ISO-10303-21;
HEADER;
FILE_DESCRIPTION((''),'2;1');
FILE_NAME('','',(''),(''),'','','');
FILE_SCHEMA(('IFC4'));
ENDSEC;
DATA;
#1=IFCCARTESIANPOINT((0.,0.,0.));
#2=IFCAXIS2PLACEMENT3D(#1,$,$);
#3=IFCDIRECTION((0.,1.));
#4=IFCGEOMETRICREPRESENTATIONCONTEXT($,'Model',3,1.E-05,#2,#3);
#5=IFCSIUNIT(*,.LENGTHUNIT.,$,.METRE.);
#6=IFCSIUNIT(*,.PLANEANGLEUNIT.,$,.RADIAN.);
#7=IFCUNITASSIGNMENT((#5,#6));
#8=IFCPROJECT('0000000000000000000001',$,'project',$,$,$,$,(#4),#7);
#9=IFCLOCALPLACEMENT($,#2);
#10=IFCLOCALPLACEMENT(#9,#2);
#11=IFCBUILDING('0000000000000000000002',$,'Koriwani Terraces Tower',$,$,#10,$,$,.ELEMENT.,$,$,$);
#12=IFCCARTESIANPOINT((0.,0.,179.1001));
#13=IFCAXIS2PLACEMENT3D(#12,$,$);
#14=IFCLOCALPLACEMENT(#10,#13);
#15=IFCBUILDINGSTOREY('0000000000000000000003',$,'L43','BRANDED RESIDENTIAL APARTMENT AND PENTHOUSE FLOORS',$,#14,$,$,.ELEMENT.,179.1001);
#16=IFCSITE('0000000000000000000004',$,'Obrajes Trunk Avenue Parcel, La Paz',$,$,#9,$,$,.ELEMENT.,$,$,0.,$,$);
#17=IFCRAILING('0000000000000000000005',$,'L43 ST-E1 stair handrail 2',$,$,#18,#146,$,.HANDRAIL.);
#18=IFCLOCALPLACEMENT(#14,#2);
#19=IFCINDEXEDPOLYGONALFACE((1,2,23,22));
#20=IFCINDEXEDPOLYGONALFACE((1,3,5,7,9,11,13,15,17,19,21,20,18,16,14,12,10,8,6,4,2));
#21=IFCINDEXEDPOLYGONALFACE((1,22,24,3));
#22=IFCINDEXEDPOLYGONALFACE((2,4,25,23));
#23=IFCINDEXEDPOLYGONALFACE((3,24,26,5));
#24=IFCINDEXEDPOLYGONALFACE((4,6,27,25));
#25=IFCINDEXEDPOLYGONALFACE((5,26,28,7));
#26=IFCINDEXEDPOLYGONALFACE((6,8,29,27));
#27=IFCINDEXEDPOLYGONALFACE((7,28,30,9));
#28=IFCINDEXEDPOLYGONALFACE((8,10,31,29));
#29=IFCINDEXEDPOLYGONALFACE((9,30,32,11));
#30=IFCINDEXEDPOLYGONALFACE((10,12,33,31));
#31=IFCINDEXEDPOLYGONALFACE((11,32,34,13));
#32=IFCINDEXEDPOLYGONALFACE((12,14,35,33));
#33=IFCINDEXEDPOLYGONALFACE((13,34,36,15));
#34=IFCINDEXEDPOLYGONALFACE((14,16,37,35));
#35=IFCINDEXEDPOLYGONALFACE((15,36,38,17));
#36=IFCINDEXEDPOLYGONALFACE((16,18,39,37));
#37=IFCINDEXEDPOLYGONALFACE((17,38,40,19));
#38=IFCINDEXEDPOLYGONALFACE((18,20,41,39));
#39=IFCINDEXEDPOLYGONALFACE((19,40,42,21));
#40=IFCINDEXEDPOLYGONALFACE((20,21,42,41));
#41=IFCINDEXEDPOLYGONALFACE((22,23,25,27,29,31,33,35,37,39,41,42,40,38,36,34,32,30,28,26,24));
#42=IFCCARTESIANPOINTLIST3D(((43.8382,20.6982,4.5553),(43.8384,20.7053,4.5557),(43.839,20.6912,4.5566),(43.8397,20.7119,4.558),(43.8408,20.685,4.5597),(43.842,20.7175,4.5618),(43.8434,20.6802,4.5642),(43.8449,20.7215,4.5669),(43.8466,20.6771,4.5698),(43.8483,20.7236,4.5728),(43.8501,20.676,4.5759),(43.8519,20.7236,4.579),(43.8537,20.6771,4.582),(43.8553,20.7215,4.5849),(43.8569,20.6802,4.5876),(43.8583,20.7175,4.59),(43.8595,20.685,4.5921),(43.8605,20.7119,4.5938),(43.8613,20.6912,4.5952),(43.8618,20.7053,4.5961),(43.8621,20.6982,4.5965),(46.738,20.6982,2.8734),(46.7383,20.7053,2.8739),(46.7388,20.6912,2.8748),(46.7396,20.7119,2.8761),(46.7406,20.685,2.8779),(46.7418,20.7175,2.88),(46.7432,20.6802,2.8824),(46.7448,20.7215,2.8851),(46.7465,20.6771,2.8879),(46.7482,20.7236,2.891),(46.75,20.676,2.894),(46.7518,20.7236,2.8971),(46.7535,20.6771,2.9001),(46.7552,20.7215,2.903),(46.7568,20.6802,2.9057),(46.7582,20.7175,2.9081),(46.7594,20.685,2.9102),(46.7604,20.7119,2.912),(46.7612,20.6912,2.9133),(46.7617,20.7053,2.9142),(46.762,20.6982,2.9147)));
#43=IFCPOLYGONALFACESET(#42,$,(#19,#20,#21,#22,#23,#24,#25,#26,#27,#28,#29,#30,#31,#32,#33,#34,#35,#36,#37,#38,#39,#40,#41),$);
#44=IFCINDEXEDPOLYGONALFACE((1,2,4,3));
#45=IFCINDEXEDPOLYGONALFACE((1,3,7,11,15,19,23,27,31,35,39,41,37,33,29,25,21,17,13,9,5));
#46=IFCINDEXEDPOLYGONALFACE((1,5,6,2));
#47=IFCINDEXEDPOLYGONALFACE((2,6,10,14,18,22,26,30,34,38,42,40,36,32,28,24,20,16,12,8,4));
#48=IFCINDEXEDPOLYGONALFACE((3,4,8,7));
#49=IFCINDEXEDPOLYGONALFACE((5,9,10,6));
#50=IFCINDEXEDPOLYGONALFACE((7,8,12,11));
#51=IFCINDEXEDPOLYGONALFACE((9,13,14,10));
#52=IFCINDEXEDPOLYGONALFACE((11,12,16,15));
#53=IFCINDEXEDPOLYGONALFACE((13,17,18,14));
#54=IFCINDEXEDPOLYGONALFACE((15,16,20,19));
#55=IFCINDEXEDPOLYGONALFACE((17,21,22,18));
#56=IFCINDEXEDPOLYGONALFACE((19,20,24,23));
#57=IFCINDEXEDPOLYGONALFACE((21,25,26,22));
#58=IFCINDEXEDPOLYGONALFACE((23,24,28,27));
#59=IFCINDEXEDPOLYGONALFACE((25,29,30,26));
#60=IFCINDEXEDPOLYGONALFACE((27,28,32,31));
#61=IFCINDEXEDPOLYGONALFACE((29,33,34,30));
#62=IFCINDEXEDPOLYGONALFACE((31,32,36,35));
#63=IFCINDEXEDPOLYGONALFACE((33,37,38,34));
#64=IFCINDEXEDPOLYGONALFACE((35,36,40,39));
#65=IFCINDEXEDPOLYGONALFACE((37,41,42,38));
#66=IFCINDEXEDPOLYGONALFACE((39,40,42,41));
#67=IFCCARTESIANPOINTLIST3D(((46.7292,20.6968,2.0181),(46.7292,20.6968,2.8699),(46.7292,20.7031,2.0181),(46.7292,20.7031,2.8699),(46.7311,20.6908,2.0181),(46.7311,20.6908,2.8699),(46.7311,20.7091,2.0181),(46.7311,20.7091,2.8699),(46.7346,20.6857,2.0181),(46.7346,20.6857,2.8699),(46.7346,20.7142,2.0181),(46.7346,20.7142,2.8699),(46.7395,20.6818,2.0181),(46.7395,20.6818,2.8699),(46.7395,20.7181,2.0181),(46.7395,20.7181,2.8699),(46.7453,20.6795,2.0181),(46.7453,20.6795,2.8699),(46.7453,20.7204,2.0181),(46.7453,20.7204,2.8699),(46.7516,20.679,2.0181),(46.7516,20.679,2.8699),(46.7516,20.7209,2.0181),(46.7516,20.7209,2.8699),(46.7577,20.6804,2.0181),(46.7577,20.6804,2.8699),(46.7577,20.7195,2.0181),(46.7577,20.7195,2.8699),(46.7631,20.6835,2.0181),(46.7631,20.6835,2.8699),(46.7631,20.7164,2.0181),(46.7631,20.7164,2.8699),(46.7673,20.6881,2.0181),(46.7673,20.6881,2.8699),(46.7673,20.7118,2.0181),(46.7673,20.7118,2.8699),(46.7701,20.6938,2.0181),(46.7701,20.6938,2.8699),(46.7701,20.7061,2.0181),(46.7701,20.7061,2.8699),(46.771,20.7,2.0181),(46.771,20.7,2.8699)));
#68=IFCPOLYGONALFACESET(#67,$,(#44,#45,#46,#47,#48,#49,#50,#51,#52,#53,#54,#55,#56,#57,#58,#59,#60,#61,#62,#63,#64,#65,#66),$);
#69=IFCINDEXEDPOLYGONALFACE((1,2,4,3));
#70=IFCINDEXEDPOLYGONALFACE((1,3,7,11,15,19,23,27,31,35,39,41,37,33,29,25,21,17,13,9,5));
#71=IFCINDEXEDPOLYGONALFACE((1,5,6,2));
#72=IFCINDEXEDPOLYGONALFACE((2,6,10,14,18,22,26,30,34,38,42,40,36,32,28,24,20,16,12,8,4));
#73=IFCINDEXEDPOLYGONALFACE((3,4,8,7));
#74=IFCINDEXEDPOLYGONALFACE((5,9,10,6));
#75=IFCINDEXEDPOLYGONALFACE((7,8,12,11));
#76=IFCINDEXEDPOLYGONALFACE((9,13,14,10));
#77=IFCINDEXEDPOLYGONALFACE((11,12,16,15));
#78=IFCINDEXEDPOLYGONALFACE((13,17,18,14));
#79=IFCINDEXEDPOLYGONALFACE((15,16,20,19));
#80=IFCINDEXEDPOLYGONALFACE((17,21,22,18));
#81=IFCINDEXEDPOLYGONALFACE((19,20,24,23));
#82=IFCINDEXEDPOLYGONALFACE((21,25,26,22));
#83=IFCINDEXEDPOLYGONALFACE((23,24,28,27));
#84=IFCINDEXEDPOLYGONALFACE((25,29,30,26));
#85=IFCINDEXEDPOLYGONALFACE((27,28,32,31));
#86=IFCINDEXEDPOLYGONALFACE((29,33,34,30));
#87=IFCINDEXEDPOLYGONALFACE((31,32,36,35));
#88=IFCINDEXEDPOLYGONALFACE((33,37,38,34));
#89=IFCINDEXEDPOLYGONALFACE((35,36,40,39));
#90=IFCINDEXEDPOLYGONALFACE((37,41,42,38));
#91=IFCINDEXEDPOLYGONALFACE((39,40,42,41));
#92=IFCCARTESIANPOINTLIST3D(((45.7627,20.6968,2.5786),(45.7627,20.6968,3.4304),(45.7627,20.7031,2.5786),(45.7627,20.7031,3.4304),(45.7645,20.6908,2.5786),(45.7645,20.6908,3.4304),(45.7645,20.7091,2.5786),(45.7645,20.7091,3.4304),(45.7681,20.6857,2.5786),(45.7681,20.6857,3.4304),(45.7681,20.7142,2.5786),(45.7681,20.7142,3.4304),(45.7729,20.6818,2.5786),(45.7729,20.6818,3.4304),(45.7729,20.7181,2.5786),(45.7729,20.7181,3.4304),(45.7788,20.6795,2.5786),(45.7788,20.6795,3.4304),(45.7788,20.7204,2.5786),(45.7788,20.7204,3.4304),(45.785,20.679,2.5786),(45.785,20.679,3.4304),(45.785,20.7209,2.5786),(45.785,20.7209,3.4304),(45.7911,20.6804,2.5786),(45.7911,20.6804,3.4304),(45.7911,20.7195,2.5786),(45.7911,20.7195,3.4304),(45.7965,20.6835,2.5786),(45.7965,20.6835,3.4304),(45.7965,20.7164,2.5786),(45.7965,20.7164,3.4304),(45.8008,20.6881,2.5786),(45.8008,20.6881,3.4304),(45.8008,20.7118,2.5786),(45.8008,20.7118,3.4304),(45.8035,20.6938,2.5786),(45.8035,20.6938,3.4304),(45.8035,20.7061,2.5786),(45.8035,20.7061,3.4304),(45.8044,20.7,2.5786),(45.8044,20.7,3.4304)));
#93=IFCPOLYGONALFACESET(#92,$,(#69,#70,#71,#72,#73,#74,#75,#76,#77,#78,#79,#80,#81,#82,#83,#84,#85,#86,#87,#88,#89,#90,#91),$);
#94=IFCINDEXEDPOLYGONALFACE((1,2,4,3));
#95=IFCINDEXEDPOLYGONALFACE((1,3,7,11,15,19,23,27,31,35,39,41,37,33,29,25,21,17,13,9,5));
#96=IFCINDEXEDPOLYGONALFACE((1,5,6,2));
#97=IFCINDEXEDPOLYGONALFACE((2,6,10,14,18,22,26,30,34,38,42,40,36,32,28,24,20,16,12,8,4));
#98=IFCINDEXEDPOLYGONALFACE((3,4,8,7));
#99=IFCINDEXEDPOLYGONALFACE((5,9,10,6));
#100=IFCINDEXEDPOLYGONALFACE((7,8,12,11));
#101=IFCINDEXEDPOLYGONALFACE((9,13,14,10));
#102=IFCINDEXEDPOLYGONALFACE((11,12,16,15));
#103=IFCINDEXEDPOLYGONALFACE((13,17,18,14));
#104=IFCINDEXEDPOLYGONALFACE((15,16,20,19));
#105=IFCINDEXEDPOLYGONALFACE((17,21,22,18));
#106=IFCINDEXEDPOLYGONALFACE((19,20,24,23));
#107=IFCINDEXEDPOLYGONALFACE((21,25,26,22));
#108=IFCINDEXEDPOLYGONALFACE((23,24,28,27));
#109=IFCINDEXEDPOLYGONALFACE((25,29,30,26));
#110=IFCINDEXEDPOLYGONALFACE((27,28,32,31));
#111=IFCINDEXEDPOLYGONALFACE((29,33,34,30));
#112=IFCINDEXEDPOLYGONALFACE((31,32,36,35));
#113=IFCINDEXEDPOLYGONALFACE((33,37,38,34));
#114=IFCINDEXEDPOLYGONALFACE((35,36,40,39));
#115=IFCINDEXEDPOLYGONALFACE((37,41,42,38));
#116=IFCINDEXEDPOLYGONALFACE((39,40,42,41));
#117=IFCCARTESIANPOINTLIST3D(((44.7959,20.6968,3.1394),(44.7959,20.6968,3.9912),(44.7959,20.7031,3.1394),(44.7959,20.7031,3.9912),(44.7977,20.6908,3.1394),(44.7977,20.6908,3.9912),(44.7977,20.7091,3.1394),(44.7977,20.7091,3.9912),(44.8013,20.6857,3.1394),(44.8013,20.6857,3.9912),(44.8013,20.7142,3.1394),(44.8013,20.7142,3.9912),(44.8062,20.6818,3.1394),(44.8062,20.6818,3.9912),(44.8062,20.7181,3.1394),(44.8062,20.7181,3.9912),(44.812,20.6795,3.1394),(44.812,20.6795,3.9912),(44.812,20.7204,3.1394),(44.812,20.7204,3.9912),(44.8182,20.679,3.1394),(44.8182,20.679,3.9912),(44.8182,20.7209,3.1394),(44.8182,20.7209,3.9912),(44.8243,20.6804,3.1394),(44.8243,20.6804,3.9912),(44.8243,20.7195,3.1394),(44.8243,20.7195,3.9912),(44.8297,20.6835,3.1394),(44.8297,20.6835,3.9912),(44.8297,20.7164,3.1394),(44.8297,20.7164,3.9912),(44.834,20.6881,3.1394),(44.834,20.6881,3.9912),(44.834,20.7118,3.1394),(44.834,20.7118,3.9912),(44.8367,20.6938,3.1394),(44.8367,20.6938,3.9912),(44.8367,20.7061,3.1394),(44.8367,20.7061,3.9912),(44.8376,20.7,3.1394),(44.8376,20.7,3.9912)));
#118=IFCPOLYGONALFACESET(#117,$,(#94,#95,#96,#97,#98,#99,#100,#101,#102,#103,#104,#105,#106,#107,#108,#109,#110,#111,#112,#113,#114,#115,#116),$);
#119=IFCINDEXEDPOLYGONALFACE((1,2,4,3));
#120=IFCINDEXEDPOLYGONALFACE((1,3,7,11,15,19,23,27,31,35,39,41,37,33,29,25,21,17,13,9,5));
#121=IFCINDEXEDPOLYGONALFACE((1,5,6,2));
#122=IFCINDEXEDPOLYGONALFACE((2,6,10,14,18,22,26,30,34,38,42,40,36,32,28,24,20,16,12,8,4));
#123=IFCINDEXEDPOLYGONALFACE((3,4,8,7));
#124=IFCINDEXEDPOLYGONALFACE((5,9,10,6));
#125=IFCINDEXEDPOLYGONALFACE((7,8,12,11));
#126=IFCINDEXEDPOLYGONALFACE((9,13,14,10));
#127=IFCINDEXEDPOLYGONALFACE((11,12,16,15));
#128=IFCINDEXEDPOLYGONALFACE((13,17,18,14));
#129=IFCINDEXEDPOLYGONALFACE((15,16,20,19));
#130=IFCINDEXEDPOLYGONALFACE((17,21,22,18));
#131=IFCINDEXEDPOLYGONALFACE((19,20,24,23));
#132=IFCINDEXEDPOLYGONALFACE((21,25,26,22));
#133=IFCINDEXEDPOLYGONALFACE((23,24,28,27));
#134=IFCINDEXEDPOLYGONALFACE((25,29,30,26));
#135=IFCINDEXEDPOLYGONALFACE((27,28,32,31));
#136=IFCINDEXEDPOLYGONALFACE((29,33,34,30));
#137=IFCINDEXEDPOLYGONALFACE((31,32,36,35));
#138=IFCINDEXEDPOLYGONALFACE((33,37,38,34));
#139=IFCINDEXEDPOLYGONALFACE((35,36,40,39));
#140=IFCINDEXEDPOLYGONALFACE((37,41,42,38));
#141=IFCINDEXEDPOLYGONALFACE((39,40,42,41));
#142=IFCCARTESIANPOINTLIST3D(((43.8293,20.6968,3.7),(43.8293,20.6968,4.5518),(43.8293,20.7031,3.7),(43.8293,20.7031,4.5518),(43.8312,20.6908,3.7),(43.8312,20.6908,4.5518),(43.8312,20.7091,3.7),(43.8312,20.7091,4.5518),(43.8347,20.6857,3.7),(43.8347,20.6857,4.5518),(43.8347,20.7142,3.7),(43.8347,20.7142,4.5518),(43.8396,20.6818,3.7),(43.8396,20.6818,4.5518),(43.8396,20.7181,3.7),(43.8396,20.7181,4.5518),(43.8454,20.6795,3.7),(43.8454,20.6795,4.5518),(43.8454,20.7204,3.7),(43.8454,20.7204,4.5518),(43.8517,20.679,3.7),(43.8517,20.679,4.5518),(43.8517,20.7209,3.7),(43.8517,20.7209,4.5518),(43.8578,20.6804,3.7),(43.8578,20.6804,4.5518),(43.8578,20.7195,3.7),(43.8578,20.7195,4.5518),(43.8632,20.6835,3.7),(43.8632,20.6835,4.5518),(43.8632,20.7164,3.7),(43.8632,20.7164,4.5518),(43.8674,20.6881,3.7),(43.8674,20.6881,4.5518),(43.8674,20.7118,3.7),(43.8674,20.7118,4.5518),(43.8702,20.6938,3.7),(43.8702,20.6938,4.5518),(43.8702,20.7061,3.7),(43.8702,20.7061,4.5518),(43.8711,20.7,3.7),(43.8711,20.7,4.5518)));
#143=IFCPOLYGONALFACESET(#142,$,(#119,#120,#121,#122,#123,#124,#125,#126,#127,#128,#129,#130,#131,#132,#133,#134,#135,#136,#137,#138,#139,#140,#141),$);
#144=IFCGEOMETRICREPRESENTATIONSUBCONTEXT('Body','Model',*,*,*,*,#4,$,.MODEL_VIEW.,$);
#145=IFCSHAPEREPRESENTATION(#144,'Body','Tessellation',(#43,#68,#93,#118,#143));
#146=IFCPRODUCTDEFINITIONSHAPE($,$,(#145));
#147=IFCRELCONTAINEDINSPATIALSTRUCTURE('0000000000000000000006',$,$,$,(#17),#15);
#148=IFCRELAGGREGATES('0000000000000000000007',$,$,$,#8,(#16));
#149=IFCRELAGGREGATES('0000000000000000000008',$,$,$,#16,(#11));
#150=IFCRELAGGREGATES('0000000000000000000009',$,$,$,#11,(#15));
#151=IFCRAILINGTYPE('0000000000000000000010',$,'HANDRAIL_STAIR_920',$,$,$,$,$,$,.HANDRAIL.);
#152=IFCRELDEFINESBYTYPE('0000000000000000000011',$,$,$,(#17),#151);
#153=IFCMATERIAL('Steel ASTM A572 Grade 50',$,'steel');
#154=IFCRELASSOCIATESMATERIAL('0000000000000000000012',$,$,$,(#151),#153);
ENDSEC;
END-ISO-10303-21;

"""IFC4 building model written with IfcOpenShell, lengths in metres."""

from ifc_helpers import new_model, si_unit, direction, frame, origin, origin_2d, place, context, subcontext, project, spatial, circle, extrude, material, type_object, element, save


model = new_model("IFC4")

# Units and contexts
model_context = context("Model", 3, precision=1e-05, world=origin(), true_north=direction((0.0, 1.0)))
body_context = subcontext(model_context, "Body", "Model", "MODEL_VIEW")
ifc_project = project(units=[si_unit("LENGTHUNIT", "METRE"), si_unit("PLANEANGLEUNIT", "RADIAN")], contexts=[model_context])

# Site, building, storey
site_placement = place(None, origin())
site = spatial("IfcSite", under=ifc_project, at=site_placement, Name="Obrajes Trunk Avenue Parcel, La Paz", CompositionType="ELEMENT", RefElevation=0.0)
building_placement = place(site_placement, origin())
building = spatial("IfcBuilding", under=site, at=building_placement, Name="Koriwani Terraces Tower", CompositionType="ELEMENT")
storey_placement = place(building_placement, frame((0.0, 0.0, 179.1001)))
storey = spatial("IfcBuildingStorey", under=building, at=storey_placement, Name="L43", Description="BRANDED RESIDENTIAL APARTMENT AND PENTHOUSE FLOORS", CompositionType="ELEMENT", Elevation=179.1001)

# Shared definitions
ifc_material_1 = material(Name="Steel ASTM A572 Grade 50", Category="steel")

# Railing
railing_type = type_object("IfcRailingType", Name="HANDRAIL_STAIR_920", PredefinedType="HANDRAIL", material=ifc_material_1)
railing_placement = place(storey_placement, frame((46.75, 20.7, 2.0181)))
element("IfcRailing", 1, at=railing_placement, inside=storey, type_object=railing_type, Name="L43 ST-E1 stair handrail 2", PredefinedType="HANDRAIL", context=body_context, shape_type="SweptSolid", body=[
    extrude(circle(Radius=0.0239, at=origin_2d()), frame((0.0, 0.0, 0.876), z_axis=(-0.865039, 0.0, 0.501705), x_axis=(0.0, -1.0, 0.0)), (0.0, 0.0, 1.0), 3.3523),
    extrude(circle(Radius=0.021, at=origin_2d()), origin(), (0.0, 0.0, 1.0), 0.8518),
    extrude(circle(Radius=0.021, at=origin_2d()), frame((-0.9666, 0.0, 0.5605)), (0.0, 0.0, 1.0), 0.8518),
    extrude(circle(Radius=0.021, at=origin_2d()), frame((-1.9333, 0.0, 1.1213)), (0.0, 0.0, 1.0), 0.8518),
    extrude(circle(Radius=0.021, at=origin_2d()), frame((-2.8999, 0.0, 1.6819)), (0.0, 0.0, 1.0), 0.8518),
])

save(model, "model.ifc")
